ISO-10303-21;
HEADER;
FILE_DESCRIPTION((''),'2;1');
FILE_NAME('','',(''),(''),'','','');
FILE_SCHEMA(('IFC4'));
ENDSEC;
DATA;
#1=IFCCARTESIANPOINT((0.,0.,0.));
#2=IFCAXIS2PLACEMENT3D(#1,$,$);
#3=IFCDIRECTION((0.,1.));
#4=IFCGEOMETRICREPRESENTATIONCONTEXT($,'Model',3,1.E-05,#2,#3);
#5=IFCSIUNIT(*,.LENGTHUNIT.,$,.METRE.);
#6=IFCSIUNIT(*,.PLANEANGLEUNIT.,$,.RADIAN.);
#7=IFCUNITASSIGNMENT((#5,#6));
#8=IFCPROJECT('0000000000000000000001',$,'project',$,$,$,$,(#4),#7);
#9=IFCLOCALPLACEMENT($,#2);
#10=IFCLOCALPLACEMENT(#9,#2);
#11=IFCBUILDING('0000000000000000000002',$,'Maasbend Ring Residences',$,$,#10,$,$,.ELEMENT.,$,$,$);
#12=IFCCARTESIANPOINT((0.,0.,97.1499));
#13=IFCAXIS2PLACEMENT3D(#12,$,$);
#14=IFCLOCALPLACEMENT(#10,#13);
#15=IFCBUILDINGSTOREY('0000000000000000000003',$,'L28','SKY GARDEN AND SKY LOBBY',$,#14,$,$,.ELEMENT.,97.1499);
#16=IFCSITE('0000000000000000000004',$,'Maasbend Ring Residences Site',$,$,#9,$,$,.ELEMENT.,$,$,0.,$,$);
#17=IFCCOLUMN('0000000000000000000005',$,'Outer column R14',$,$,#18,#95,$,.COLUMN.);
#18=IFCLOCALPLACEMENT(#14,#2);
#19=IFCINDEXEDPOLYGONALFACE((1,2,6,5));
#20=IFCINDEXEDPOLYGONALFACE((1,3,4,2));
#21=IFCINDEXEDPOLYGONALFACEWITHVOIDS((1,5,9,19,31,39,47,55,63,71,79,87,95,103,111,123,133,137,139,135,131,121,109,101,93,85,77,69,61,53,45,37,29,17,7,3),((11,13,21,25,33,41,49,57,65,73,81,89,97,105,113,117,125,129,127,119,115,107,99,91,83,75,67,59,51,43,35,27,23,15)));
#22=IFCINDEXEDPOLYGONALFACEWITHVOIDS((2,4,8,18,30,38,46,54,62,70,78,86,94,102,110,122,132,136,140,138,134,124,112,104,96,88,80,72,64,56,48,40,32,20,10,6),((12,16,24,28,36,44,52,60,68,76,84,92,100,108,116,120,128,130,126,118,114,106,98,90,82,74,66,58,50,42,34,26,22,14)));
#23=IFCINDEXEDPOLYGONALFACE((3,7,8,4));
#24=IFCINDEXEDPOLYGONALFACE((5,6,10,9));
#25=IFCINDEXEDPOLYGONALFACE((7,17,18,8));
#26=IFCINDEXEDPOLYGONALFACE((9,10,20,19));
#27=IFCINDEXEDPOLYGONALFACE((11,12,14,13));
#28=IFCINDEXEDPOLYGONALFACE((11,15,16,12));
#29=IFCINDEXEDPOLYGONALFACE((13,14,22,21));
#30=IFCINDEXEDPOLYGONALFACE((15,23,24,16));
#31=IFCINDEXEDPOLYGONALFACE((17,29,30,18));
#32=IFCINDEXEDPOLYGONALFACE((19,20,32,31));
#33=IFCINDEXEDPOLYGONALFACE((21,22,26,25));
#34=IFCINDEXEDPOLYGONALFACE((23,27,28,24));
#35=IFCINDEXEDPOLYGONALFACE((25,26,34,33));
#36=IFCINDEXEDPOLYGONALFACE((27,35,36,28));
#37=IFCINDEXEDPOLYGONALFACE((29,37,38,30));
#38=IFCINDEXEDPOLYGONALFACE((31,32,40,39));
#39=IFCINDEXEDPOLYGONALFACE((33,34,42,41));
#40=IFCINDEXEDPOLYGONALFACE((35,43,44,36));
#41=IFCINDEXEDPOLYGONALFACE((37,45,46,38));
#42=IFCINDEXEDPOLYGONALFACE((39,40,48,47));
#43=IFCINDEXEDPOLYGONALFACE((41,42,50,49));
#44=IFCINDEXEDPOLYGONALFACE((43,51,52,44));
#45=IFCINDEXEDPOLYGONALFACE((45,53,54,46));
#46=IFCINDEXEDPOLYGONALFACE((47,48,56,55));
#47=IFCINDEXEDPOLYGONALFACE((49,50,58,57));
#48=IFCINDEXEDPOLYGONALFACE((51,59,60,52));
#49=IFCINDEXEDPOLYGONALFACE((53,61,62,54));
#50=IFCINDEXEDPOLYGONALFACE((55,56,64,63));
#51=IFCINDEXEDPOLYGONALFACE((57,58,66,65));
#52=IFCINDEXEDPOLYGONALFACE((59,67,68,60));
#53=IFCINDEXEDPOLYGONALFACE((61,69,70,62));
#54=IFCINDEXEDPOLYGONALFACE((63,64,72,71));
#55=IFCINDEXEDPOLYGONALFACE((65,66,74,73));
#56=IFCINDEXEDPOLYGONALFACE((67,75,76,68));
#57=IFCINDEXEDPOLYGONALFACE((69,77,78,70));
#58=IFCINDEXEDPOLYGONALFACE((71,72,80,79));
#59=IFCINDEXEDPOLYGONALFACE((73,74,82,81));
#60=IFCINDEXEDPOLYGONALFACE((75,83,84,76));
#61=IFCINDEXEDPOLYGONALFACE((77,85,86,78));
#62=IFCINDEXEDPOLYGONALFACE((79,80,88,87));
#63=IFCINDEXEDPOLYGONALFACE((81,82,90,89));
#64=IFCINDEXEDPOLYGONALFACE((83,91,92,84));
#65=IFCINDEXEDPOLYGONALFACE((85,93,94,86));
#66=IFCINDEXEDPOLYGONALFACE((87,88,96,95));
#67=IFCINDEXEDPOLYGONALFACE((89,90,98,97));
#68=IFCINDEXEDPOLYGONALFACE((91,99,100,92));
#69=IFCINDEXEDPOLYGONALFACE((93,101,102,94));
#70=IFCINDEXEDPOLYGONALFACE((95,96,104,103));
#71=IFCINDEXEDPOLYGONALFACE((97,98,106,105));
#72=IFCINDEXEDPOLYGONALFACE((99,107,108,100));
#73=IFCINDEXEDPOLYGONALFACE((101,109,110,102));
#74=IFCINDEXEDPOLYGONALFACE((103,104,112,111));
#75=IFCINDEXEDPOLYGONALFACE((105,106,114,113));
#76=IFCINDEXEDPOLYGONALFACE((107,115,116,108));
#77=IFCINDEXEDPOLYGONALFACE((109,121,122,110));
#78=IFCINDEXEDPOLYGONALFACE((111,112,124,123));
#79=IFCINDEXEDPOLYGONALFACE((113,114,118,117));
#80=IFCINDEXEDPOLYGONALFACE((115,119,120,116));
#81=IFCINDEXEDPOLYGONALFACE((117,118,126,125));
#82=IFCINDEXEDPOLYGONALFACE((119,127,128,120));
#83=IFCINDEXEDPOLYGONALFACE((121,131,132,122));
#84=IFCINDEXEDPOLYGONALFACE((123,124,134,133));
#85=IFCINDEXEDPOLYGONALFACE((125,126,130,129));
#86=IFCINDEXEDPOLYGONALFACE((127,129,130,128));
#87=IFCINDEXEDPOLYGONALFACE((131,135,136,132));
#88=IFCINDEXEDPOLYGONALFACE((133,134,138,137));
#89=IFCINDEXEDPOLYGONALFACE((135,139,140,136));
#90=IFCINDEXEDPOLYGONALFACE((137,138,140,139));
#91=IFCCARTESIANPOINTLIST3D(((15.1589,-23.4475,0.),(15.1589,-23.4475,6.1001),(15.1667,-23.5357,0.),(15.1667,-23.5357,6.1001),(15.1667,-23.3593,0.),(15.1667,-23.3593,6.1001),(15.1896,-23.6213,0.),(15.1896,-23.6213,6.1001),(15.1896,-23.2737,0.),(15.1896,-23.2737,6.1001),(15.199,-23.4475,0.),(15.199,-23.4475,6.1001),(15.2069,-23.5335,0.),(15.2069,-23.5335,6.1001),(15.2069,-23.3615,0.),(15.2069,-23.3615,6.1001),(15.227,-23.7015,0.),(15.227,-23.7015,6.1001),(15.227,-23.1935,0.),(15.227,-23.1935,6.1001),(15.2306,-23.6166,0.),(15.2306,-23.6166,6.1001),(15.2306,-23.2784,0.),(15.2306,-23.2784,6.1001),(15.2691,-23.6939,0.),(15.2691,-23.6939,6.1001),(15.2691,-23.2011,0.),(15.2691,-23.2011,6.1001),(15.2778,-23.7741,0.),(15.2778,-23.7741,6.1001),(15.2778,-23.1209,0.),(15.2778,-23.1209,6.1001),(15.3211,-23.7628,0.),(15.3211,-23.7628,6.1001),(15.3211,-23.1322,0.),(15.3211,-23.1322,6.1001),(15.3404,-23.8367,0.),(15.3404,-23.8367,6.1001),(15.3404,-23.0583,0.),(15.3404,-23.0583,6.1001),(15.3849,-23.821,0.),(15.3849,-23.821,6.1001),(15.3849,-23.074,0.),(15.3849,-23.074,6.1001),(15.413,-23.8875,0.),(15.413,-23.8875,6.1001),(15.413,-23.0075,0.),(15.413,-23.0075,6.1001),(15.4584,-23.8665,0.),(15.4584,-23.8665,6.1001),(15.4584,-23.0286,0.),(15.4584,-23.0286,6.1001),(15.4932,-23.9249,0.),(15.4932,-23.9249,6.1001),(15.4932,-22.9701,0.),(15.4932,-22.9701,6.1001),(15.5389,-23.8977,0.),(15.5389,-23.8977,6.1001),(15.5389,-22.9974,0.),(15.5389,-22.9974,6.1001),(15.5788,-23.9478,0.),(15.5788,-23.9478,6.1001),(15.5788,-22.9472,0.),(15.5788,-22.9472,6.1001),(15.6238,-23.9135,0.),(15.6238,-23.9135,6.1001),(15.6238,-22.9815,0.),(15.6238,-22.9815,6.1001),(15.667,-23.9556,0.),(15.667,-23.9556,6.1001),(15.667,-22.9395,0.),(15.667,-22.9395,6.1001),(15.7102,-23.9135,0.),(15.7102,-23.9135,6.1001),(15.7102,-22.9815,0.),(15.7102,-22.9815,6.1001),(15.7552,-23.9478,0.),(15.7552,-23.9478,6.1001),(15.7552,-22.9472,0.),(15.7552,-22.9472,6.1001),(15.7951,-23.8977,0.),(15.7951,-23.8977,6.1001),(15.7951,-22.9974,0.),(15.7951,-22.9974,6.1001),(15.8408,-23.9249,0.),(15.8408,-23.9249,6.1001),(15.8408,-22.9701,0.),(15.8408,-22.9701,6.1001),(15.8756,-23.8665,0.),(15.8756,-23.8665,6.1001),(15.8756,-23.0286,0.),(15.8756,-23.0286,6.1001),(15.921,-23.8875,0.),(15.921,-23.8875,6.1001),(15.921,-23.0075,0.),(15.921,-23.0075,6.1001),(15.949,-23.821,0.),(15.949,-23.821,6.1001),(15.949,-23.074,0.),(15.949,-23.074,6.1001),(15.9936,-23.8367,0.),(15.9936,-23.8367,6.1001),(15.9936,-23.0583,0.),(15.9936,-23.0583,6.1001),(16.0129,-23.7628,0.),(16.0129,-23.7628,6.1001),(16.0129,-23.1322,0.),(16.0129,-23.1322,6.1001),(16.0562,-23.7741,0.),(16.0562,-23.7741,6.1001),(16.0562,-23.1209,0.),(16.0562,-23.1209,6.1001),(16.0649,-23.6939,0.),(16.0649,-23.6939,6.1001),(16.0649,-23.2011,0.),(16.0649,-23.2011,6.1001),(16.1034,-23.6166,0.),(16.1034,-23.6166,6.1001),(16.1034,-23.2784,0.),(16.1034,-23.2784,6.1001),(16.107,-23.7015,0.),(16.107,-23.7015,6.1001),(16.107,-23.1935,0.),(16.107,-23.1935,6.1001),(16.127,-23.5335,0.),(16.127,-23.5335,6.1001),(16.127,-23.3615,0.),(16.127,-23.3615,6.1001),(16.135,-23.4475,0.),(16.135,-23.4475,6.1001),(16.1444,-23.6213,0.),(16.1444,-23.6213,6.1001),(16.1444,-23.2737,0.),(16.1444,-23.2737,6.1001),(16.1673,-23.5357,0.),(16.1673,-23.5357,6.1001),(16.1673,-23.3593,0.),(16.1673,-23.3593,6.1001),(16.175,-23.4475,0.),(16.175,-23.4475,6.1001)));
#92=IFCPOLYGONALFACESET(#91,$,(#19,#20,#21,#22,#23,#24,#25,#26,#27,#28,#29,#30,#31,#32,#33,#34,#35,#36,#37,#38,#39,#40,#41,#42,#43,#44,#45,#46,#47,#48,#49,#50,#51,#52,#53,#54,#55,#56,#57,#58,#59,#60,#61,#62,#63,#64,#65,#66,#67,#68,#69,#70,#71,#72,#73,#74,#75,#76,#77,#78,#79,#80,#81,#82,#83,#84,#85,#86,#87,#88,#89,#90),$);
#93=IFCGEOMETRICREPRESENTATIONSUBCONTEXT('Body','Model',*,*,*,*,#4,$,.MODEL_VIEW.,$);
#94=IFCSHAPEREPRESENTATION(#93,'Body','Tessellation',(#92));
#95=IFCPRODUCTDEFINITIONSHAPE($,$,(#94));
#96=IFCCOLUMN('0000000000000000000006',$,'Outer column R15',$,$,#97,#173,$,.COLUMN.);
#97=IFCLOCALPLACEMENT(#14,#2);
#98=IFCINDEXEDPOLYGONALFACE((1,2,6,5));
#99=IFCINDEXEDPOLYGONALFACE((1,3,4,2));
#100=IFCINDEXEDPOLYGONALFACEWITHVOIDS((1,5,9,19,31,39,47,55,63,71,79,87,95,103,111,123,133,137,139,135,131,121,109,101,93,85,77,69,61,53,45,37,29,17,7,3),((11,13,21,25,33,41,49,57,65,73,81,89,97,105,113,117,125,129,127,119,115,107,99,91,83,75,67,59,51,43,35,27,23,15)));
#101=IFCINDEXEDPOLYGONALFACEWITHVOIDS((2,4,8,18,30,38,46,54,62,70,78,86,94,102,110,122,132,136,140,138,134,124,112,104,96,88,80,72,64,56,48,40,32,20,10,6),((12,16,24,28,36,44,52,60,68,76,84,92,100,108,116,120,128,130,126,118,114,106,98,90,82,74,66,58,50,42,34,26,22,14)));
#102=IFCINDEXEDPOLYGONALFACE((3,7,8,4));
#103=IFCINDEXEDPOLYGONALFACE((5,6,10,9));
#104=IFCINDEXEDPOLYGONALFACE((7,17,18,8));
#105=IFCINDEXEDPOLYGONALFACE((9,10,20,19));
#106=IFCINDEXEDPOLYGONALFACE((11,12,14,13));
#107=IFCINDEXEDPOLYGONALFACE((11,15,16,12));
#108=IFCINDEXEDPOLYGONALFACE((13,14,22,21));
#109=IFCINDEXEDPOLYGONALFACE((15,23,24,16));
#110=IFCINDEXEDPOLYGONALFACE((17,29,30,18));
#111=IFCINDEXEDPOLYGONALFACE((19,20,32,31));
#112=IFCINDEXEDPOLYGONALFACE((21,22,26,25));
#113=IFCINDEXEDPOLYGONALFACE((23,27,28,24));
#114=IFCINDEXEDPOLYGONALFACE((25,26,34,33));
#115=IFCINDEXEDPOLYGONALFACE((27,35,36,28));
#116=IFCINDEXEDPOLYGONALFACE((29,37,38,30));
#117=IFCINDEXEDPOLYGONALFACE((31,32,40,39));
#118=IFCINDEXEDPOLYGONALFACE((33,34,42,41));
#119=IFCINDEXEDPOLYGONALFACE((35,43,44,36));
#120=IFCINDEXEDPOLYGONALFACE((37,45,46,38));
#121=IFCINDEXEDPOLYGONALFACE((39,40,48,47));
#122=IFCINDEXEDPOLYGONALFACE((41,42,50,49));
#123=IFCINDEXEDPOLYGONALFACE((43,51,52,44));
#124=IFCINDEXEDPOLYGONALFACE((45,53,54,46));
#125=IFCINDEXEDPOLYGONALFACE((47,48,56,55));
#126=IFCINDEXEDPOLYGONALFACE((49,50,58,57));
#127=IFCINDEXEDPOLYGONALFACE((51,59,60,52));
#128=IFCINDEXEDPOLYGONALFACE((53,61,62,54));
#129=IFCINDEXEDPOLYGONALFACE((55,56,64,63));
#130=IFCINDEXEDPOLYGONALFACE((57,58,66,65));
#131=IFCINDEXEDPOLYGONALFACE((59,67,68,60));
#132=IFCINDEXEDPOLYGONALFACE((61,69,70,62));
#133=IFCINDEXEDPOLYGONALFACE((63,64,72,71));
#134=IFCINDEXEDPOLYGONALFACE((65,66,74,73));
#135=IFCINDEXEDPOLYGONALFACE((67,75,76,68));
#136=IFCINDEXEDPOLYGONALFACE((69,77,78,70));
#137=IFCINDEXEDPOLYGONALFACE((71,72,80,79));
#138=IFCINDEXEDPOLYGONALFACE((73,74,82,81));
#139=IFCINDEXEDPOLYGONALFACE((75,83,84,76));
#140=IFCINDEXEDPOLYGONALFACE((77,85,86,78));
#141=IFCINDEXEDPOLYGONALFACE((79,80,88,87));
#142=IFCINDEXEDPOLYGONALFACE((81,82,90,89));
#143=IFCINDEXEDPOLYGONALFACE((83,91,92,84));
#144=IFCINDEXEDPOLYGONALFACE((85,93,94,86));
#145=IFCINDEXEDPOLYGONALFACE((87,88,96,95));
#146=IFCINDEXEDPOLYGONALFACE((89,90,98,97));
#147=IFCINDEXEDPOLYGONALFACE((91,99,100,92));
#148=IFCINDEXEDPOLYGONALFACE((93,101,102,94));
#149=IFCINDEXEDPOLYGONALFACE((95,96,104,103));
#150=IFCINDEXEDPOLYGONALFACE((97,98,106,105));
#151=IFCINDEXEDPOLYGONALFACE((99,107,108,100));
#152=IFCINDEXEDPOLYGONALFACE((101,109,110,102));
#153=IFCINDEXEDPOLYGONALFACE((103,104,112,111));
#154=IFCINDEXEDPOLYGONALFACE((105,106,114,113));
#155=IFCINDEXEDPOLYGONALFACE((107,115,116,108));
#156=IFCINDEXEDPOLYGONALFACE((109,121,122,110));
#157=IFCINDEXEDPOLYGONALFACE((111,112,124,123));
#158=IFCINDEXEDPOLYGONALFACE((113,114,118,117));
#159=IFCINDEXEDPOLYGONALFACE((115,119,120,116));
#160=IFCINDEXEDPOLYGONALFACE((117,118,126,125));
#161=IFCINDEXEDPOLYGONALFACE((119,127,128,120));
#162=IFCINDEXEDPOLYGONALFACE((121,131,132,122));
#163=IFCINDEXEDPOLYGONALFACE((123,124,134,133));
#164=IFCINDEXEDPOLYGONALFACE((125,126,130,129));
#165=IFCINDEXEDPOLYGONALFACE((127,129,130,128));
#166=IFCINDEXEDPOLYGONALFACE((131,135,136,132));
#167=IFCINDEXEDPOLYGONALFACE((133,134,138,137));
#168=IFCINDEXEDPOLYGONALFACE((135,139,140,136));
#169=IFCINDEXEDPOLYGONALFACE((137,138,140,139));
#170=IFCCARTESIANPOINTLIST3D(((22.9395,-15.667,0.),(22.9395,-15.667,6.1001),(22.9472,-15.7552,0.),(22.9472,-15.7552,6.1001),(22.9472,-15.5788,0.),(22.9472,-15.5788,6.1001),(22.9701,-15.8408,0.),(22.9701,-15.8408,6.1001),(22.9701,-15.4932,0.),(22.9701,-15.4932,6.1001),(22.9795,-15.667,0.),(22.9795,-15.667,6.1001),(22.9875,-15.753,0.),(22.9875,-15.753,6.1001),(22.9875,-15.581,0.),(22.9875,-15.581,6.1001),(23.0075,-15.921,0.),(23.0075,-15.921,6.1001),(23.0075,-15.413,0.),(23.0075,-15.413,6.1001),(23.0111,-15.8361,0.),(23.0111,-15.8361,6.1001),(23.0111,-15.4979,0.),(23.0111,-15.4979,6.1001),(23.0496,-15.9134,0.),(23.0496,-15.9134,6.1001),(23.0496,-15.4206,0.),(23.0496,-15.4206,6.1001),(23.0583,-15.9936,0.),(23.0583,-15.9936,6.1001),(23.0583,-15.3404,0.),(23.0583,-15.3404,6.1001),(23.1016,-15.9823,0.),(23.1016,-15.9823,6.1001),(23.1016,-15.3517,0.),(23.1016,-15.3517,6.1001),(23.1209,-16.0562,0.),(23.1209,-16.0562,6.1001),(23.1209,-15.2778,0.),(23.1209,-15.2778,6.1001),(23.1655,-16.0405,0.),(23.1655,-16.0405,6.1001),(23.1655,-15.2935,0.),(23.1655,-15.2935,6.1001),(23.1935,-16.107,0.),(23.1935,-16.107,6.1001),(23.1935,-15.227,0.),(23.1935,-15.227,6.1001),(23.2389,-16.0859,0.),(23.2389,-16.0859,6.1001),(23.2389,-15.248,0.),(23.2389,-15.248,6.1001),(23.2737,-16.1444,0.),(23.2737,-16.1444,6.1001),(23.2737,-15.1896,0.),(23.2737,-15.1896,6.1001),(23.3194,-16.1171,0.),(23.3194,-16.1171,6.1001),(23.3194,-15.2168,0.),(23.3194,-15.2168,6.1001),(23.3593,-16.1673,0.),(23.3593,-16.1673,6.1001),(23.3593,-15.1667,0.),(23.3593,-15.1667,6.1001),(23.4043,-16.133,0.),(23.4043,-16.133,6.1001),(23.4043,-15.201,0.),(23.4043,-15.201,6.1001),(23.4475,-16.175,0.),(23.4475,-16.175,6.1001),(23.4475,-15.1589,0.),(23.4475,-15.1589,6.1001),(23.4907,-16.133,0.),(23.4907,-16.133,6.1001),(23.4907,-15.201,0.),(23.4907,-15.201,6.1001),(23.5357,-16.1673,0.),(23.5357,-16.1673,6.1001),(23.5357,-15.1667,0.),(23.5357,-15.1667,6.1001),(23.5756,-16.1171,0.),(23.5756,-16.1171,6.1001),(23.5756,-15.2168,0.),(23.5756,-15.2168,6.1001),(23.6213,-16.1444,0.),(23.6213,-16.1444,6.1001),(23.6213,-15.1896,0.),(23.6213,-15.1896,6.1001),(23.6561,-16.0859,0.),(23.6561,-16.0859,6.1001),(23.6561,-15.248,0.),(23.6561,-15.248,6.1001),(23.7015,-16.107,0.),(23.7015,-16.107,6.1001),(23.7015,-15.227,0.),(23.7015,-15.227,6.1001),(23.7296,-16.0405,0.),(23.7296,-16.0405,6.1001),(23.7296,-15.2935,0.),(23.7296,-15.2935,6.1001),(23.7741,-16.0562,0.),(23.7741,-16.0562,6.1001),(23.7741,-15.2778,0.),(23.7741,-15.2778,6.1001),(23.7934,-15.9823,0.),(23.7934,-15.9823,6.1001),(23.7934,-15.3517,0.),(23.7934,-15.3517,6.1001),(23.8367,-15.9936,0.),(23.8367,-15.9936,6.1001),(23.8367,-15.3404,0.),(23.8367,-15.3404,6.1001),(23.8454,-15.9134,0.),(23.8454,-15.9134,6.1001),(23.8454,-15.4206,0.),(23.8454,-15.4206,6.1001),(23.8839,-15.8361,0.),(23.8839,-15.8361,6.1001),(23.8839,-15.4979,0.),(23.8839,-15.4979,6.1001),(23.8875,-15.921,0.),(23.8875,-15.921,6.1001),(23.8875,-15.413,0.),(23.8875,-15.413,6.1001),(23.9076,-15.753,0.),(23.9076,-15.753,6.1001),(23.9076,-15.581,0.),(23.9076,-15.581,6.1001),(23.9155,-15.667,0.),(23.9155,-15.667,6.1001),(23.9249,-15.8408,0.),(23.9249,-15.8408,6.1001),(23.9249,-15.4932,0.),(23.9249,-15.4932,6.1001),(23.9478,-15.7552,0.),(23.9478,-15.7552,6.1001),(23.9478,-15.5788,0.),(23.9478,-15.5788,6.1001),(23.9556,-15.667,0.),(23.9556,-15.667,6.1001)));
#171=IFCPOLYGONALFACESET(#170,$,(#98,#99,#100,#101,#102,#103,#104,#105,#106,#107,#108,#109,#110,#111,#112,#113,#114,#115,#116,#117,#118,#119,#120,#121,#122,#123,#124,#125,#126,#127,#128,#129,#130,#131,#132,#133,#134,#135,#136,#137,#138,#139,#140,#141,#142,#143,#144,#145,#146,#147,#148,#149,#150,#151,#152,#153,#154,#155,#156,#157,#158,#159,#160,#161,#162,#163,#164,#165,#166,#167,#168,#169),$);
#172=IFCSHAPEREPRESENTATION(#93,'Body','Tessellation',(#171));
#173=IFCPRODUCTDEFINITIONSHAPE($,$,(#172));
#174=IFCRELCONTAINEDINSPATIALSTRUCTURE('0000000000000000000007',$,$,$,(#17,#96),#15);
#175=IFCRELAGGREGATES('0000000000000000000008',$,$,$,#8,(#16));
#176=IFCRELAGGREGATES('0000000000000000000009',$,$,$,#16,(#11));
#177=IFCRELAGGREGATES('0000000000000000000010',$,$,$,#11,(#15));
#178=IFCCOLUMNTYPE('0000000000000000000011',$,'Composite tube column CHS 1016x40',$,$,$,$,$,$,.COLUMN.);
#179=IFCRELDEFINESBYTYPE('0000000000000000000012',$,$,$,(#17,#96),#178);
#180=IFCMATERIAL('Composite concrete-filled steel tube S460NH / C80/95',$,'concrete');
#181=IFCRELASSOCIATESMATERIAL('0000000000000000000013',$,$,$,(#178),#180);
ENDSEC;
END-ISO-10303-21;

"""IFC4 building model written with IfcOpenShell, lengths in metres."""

from ifc_helpers import new_model, si_unit, direction, frame, origin, origin_2d, place, context, subcontext, project, spatial, hollow_circle, extrude, material, material_profile, profile_set, type_object, element, save


model = new_model("IFC4")

# Units and contexts
model_context = context("Model", 3, precision=1e-05, world=origin(), true_north=direction((0.0, 1.0)))
body_context = subcontext(model_context, "Body", "Model", "MODEL_VIEW")
ifc_project = project(units=[si_unit("LENGTHUNIT", "METRE"), si_unit("PLANEANGLEUNIT", "RADIAN")], contexts=[model_context])

# Site, building, storey
site_placement = place(None, origin())
site = spatial("IfcSite", under=ifc_project, at=site_placement, Name="Maasbend Ring Residences Site", CompositionType="ELEMENT", RefElevation=0.0)
building_placement = place(site_placement, origin())
building = spatial("IfcBuilding", under=site, at=building_placement, Name="Maasbend Ring Residences", CompositionType="ELEMENT")
storey_placement = place(building_placement, frame((0.0, 0.0, 97.1499)))
storey = spatial("IfcBuildingStorey", under=building, at=storey_placement, Name="L28", Description="SKY GARDEN AND SKY LOBBY", CompositionType="ELEMENT", Elevation=97.1499)

# Columns
ifc_material_1 = material(Name="Composite concrete-filled steel tube S460NH / C80/95", Category="concrete")
ifc_material_profile_1 = material_profile(ifc_material_1, hollow_circle(Radius=0.5081, WallThickness=0.04, at=origin_2d()), Name="Composite tube column CHS 1016x40")
ifc_profile_set_1 = profile_set([ifc_material_profile_1], Name="Composite concrete-filled steel tube S460NH / C80/95")
column_type_1 = type_object("IfcColumnType", Name="Composite tube column CHS 1016x40", PredefinedType="COLUMN", material=ifc_profile_set_1)
for number, where, z_axis, x_axis, name in (
    (1, (15.667, -23.4475, 0.0), (0.0, 0.0, 1.0), (1.0, 0.0, 0.0), "Outer column R14"),
    (2, (23.4475, -15.667, 0.0), (0.0, 0.0, 1.0), (1.0, 0.0, 0.0), "Outer column R15"),
):
    element("IfcColumn", number, at=place(storey_placement, frame(where, z_axis=z_axis, x_axis=x_axis)), inside=storey, type_object=column_type_1, Name=name, PredefinedType="COLUMN", context=body_context, shape_type="SweptSolid", body=[
        extrude(hollow_circle(Radius=0.5081, WallThickness=0.04, at=origin_2d()), origin(), (0.0, 0.0, 1.0), 6.1001),
    ])

save(model, "model.ifc")
